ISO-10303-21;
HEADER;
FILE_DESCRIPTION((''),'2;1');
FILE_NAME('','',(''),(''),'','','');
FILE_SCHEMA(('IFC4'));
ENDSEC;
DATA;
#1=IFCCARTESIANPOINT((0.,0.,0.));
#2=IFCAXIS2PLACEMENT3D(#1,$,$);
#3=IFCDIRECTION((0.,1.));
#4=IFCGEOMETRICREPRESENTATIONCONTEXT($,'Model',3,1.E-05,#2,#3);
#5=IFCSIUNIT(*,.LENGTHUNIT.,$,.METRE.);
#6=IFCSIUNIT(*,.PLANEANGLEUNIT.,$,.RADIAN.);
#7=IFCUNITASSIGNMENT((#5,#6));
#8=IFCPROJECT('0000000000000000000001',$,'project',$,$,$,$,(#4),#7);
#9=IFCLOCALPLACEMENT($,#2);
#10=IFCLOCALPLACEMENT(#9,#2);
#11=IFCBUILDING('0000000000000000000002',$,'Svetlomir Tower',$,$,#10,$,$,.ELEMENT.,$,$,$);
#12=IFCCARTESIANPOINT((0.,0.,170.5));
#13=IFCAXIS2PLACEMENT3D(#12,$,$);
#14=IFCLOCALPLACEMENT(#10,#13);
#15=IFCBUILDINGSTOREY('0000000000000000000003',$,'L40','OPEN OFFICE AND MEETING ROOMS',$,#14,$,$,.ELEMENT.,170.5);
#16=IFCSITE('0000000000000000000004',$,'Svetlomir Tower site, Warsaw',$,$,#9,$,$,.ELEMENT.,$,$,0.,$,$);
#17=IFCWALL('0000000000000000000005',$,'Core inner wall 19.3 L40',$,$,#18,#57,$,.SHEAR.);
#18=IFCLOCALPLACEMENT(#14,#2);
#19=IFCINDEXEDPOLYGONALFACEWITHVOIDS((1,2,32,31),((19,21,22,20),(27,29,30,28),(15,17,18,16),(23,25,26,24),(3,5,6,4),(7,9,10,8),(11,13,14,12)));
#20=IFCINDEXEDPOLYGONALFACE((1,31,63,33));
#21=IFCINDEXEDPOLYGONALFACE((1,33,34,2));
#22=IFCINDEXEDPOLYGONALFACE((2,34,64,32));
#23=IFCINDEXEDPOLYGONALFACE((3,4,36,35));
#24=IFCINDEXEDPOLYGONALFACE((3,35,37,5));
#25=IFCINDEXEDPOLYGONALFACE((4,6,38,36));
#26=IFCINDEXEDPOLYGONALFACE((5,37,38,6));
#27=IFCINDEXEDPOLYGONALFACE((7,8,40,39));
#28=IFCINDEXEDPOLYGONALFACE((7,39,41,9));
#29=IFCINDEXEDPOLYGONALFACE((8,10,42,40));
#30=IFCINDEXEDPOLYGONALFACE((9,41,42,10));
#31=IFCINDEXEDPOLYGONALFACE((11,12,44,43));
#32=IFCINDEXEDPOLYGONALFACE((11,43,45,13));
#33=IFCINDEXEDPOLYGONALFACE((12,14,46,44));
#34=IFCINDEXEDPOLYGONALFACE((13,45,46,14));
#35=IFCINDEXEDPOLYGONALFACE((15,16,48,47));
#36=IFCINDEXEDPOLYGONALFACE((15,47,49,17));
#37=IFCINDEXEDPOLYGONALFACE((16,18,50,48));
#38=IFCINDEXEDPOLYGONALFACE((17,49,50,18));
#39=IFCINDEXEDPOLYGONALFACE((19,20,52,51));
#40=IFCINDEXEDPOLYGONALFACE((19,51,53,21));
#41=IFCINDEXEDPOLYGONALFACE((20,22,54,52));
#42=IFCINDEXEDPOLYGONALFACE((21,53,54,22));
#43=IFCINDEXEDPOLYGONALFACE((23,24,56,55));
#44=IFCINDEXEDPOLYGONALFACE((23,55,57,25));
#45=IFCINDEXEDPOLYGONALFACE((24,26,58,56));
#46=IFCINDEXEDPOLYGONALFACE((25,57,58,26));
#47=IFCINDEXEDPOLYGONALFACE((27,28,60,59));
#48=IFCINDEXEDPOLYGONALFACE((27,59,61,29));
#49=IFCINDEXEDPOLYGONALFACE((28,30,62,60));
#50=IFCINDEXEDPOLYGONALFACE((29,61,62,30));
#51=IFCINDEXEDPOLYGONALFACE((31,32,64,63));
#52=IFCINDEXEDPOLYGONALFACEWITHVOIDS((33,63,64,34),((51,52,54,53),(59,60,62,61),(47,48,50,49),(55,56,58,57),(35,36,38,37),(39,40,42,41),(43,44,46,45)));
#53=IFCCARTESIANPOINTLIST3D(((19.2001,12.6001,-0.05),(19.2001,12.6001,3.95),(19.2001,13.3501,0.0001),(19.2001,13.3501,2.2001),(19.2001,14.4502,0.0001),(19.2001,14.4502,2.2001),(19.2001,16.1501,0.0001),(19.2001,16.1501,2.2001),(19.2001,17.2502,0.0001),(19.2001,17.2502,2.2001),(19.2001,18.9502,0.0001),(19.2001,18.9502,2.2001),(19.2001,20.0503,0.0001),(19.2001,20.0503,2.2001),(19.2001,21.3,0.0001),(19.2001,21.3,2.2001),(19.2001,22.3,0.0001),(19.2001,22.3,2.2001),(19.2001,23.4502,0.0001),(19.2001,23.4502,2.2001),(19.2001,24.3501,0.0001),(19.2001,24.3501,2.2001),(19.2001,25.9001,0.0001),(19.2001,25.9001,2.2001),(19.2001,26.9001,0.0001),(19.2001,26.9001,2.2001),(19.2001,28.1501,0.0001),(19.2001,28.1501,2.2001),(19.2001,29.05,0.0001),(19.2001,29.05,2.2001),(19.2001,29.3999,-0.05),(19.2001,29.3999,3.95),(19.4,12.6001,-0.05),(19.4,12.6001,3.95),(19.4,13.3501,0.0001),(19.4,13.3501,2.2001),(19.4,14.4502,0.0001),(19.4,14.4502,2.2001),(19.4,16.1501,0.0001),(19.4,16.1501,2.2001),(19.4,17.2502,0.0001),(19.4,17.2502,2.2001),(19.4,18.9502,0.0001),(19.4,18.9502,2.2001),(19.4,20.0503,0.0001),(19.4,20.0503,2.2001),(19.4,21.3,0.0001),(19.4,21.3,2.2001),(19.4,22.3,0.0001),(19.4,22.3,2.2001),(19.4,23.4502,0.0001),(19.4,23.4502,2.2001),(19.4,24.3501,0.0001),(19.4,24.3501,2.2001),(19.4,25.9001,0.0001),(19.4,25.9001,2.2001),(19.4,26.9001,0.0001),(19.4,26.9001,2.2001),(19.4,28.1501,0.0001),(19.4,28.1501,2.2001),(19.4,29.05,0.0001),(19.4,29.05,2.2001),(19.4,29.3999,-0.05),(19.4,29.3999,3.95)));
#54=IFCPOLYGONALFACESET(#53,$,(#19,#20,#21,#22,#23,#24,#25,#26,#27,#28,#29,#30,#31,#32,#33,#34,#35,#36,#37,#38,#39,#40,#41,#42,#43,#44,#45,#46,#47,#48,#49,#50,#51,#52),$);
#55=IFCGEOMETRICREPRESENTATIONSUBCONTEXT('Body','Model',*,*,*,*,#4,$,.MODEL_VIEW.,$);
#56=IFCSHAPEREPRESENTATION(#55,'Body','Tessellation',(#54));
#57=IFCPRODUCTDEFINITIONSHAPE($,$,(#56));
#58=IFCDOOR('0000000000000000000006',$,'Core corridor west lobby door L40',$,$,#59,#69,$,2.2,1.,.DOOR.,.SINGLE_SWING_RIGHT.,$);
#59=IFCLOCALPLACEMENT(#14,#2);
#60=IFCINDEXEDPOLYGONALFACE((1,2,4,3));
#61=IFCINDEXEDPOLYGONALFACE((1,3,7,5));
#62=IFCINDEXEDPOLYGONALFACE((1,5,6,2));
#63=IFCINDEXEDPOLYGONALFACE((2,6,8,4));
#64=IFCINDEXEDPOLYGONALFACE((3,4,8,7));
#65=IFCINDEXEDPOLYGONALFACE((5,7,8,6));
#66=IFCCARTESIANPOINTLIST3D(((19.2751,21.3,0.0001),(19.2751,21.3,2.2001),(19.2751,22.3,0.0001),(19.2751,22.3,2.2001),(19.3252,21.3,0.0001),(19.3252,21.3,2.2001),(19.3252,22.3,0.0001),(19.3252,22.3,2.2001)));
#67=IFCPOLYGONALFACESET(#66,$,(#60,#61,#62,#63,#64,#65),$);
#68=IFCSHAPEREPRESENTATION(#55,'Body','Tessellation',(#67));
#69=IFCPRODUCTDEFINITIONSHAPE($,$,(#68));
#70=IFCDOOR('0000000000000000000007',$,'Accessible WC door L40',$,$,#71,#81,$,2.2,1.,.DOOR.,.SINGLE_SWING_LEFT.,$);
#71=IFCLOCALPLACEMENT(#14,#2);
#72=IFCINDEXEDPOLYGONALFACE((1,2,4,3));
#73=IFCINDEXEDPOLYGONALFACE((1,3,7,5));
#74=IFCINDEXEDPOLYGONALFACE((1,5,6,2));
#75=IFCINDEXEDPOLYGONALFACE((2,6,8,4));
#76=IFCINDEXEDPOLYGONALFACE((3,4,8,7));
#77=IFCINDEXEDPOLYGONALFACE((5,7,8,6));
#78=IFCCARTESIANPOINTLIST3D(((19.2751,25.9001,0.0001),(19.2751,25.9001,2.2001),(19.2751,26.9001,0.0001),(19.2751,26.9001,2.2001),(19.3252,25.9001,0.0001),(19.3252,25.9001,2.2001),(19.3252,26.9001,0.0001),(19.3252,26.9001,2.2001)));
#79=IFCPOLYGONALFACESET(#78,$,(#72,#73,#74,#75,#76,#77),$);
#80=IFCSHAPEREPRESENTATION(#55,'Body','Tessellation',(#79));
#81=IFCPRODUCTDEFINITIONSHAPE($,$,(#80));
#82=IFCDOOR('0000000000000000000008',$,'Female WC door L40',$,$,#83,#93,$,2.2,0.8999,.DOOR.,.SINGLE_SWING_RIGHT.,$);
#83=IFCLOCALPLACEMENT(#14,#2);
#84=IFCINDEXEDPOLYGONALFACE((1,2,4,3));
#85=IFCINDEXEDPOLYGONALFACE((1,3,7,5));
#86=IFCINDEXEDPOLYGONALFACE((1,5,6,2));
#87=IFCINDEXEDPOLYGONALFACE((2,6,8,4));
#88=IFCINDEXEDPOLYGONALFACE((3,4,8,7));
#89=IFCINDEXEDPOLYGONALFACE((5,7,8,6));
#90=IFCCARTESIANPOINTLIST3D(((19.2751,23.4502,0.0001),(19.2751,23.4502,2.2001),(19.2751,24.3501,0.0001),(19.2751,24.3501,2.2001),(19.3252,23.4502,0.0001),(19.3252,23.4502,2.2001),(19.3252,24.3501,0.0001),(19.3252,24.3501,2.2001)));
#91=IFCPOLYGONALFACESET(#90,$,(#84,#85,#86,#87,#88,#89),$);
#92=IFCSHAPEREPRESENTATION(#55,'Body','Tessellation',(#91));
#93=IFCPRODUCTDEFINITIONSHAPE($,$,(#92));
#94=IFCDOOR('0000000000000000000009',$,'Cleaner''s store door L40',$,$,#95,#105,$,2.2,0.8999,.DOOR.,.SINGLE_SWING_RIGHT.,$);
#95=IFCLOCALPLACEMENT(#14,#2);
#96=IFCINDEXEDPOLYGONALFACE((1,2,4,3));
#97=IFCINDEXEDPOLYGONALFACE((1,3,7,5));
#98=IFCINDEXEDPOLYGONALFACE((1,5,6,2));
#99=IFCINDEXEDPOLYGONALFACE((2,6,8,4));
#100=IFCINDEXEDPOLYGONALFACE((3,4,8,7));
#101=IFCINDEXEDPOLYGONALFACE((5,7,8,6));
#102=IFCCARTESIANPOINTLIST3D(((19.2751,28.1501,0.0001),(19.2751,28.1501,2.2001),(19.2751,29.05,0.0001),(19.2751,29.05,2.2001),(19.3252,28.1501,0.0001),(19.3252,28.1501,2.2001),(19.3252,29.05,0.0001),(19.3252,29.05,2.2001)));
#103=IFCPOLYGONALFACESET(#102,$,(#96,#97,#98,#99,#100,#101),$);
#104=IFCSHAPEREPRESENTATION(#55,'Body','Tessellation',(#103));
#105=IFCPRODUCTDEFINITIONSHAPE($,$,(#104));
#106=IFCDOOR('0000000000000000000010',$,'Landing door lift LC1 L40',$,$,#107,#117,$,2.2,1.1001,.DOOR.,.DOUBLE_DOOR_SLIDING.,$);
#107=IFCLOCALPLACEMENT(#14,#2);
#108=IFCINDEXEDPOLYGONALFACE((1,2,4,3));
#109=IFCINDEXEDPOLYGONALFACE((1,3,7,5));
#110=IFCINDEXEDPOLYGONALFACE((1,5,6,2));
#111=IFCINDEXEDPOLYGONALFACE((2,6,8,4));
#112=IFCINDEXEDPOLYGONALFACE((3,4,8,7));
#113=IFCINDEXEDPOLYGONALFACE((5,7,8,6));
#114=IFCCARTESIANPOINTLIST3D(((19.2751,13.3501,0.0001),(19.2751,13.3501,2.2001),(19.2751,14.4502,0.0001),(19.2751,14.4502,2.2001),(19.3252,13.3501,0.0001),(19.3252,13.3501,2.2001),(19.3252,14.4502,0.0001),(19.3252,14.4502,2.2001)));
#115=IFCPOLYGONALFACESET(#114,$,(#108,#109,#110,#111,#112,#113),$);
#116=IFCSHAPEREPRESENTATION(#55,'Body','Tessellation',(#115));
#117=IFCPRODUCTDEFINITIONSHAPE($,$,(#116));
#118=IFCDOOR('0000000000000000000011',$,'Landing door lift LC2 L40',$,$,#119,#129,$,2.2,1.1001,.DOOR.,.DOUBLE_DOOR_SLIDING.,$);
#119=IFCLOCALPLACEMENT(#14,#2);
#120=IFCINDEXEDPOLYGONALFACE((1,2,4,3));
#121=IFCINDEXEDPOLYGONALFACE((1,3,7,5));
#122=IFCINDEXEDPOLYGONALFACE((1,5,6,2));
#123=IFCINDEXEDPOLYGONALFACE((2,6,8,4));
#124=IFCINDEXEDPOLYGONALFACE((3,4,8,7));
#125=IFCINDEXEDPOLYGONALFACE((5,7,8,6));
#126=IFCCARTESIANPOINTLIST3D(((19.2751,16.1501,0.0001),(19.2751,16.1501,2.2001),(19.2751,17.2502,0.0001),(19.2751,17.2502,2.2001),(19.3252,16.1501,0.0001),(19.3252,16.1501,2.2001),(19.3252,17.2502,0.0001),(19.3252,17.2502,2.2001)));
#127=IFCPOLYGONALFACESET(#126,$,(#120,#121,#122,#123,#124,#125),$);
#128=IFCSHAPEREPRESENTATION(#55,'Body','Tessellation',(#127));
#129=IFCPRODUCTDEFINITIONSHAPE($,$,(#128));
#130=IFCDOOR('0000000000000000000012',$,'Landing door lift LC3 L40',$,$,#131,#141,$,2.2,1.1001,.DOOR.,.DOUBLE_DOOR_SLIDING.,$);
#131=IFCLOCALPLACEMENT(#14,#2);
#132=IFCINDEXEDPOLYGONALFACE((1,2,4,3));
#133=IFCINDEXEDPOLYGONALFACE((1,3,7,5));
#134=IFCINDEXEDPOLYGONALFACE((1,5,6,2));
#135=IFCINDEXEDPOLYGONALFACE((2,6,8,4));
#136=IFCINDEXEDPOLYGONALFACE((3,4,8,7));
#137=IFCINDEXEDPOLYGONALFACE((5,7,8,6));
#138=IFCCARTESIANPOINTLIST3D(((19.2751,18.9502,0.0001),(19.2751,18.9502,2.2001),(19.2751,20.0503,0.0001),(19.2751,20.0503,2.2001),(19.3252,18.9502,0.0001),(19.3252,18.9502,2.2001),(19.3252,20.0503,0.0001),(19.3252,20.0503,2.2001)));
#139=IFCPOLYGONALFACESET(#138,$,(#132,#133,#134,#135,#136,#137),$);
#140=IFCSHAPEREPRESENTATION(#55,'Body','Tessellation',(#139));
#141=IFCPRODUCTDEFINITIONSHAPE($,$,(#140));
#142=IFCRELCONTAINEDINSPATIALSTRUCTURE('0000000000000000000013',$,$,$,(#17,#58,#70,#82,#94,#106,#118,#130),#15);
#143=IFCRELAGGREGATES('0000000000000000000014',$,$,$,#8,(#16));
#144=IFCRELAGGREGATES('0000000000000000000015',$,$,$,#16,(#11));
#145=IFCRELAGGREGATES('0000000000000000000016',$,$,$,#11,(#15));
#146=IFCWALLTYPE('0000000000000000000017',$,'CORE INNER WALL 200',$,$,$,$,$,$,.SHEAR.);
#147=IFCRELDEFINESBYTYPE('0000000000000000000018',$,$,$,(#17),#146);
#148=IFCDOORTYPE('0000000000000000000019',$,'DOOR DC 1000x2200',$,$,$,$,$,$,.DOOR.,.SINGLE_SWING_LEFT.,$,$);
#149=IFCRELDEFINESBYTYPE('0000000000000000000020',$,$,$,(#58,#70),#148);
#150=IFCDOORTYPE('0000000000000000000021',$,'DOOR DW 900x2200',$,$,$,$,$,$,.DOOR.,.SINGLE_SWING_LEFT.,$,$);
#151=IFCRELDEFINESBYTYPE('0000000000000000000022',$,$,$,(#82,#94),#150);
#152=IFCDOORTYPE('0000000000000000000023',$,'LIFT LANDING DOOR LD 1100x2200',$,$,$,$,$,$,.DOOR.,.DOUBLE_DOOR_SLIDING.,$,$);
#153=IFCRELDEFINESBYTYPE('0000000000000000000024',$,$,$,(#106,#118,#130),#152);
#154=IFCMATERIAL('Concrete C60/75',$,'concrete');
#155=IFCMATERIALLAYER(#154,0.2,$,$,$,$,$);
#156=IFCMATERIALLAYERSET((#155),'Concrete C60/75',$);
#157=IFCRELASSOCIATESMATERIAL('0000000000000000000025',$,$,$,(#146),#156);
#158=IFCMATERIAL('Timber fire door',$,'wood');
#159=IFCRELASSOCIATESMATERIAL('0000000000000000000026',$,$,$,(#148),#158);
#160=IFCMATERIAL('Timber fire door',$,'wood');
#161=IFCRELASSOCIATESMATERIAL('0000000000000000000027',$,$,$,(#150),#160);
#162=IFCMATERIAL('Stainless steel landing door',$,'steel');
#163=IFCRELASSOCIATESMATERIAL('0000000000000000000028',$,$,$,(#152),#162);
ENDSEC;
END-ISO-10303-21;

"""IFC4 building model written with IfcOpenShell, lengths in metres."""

from ifc_helpers import new_model, si_unit, direction, frame, frame_2d, origin, place, context, subcontext, project, spatial, rectangle, extrude, material, layer, layer_set, type_object, element, fill, save


model = new_model("IFC4")

# Units and contexts
model_context = context("Model", 3, precision=1e-05, world=origin(), true_north=direction((0.0, 1.0)))
body_context = subcontext(model_context, "Body", "Model", "MODEL_VIEW")
ifc_project = project(units=[si_unit("LENGTHUNIT", "METRE"), si_unit("PLANEANGLEUNIT", "RADIAN")], contexts=[model_context])

# Site, building, storey
site_placement = place(None, origin())
site = spatial("IfcSite", under=ifc_project, at=site_placement, Name="Svetlomir Tower site, Warsaw", CompositionType="ELEMENT", RefElevation=0.0)
building_placement = place(site_placement, origin())
building = spatial("IfcBuilding", under=site, at=building_placement, Name="Svetlomir Tower", CompositionType="ELEMENT")
storey_placement = place(building_placement, frame((0.0, 0.0, 170.5)))
storey = spatial("IfcBuildingStorey", under=building, at=storey_placement, Name="L40", Description="OPEN OFFICE AND MEETING ROOMS", CompositionType="ELEMENT", Elevation=170.5)

# Wall, openings, doors
ifc_material_1 = material(Name="Concrete C60/75", Category="concrete")
ifc_layer_1 = layer(ifc_material_1, 0.2)
ifc_layer_set_1 = layer_set([ifc_layer_1], Name="Concrete C60/75")
wall_type_1 = type_object("IfcWallType", Name="CORE INNER WALL 200", PredefinedType="SHEAR", material=ifc_layer_set_1)
wall_1_placement = place(storey_placement, frame((19.3, 12.6001, -0.05), z_axis=(0.0, 0.0, 1.0), x_axis=(0.0, 1.0, 0.0)))
wall_1 = element("IfcWall", 1, at=wall_1_placement, inside=storey, type_object=wall_type_1, Name="Core inner wall 19.3 L40", PredefinedType="SHEAR", context=body_context, shape_type="SweptSolid", body=[
    extrude(rectangle(XDim=16.7998, YDim=0.2, at=frame_2d((8.3999, 0.0))), origin(), (0.0, 0.0, 1.0), 4.0),
])
opening_1_placement = place(wall_1_placement, frame((8.7, 0.0, 0.05)))
opening_1 = element("IfcOpeningElement", 2, at=opening_1_placement, cuts=wall_1, PredefinedType="OPENING", context=body_context, shape_type="SweptSolid", body=[
    extrude(rectangle(XDim=1.0, YDim=2.2, at=frame_2d((0.5, 1.1001))), frame((0.0, 0.1099, 0.0), z_axis=(0.0, -1.0, 0.0), x_axis=(1.0, 0.0, 0.0)), (0.0, 0.0, 1.0), 0.22),
])
opening_2_placement = place(wall_1_placement, frame((10.8501, 0.0, 0.05)))
opening_2 = element("IfcOpeningElement", 3, at=opening_2_placement, cuts=wall_1, PredefinedType="OPENING", context=body_context, shape_type="SweptSolid", body=[
    extrude(rectangle(XDim=0.8999, YDim=2.2, at=frame_2d((0.45, 1.1001))), frame((0.0, 0.1099, 0.0), z_axis=(0.0, -1.0, 0.0), x_axis=(1.0, 0.0, 0.0)), (0.0, 0.0, 1.0), 0.22),
])
opening_3_placement = place(wall_1_placement, frame((13.3, 0.0, 0.05)))
opening_3 = element("IfcOpeningElement", 4, at=opening_3_placement, cuts=wall_1, PredefinedType="OPENING", context=body_context, shape_type="SweptSolid", body=[
    extrude(rectangle(XDim=1.0, YDim=2.2, at=frame_2d((0.5, 1.1001))), frame((0.0, 0.1099, 0.0), z_axis=(0.0, -1.0, 0.0), x_axis=(1.0, 0.0, 0.0)), (0.0, 0.0, 1.0), 0.22),
])
opening_4_placement = place(wall_1_placement, frame((15.55, 0.0, 0.05)))
opening_4 = element("IfcOpeningElement", 5, at=opening_4_placement, cuts=wall_1, PredefinedType="OPENING", context=body_context, shape_type="SweptSolid", body=[
    extrude(rectangle(XDim=0.8999, YDim=2.2, at=frame_2d((0.45, 1.1001))), frame((0.0, 0.1099, 0.0), z_axis=(0.0, -1.0, 0.0), x_axis=(1.0, 0.0, 0.0)), (0.0, 0.0, 1.0), 0.22),
])
opening_5_placement = place(wall_1_placement, frame((0.75, 0.0, 0.05)))
opening_5 = element("IfcOpeningElement", 6, at=opening_5_placement, cuts=wall_1, PredefinedType="OPENING", context=body_context, shape_type="SweptSolid", body=[
    extrude(rectangle(XDim=1.1001, YDim=2.2, at=frame_2d((0.55, 1.1001))), frame((0.0, 0.1099, 0.0), z_axis=(0.0, -1.0, 0.0), x_axis=(1.0, 0.0, 0.0)), (0.0, 0.0, 1.0), 0.22),
])
opening_6_placement = place(wall_1_placement, frame((3.55, 0.0, 0.05)))
opening_6 = element("IfcOpeningElement", 7, at=opening_6_placement, cuts=wall_1, PredefinedType="OPENING", context=body_context, shape_type="SweptSolid", body=[
    extrude(rectangle(XDim=1.1001, YDim=2.2, at=frame_2d((0.55, 1.1001))), frame((0.0, 0.1099, 0.0), z_axis=(0.0, -1.0, 0.0), x_axis=(1.0, 0.0, 0.0)), (0.0, 0.0, 1.0), 0.22),
])
opening_7_placement = place(wall_1_placement, frame((6.3501, 0.0, 0.05)))
opening_7 = element("IfcOpeningElement", 8, at=opening_7_placement, cuts=wall_1, PredefinedType="OPENING", context=body_context, shape_type="SweptSolid", body=[
    extrude(rectangle(XDim=1.1001, YDim=2.2, at=frame_2d((0.55, 1.1001))), frame((0.0, 0.1099, 0.0), z_axis=(0.0, -1.0, 0.0), x_axis=(1.0, 0.0, 0.0)), (0.0, 0.0, 1.0), 0.22),
])
ifc_material_2 = material(Name="Timber fire door", Category="wood")
door_type_1 = type_object("IfcDoorType", Name="DOOR DC 1000x2200", OperationType="SINGLE_SWING_LEFT", PredefinedType="DOOR", material=ifc_material_2)
door_1_placement = place(opening_1_placement, origin())
door_1 = element("IfcDoor", 9, at=door_1_placement, inside=storey, type_object=door_type_1, Name="Core corridor west lobby door L40", OperationType="SINGLE_SWING_RIGHT", OverallHeight=2.2, OverallWidth=1.0, PredefinedType="DOOR", context=body_context, shape_type="SweptSolid", body=[
    extrude(rectangle(XDim=1.0, YDim=2.2, at=frame_2d((0.5, 1.1001))), frame((0.0, 0.0249, 0.0), z_axis=(0.0, -1.0, 0.0), x_axis=(1.0, 0.0, 0.0)), (0.0, 0.0, 1.0), 0.05),
])
fill(opening_1, door_1)
door_2_placement = place(opening_3_placement, origin())
door_2 = element("IfcDoor", 10, at=door_2_placement, inside=storey, type_object=door_type_1, Name="Accessible WC door L40", OperationType="SINGLE_SWING_LEFT", OverallHeight=2.2, OverallWidth=1.0, PredefinedType="DOOR", context=body_context, shape_type="SweptSolid", body=[
    extrude(rectangle(XDim=1.0, YDim=2.2, at=frame_2d((0.5, 1.1001))), frame((0.0, 0.0249, 0.0), z_axis=(0.0, -1.0, 0.0), x_axis=(1.0, 0.0, 0.0)), (0.0, 0.0, 1.0), 0.05),
])
fill(opening_3, door_2)
ifc_material_3 = material(Name="Timber fire door", Category="wood")
door_type_2 = type_object("IfcDoorType", Name="DOOR DW 900x2200", OperationType="SINGLE_SWING_LEFT", PredefinedType="DOOR", material=ifc_material_3)
door_3_placement = place(opening_2_placement, origin())
door_3 = element("IfcDoor", 11, at=door_3_placement, inside=storey, type_object=door_type_2, Name="Female WC door L40", OperationType="SINGLE_SWING_RIGHT", OverallHeight=2.2, OverallWidth=0.8999, PredefinedType="DOOR", context=body_context, shape_type="SweptSolid", body=[
    extrude(rectangle(XDim=0.8999, YDim=2.2, at=frame_2d((0.45, 1.1001))), frame((0.0, 0.0249, 0.0), z_axis=(0.0, -1.0, 0.0), x_axis=(1.0, 0.0, 0.0)), (0.0, 0.0, 1.0), 0.05),
])
fill(opening_2, door_3)
door_4_placement = place(opening_4_placement, origin())
door_4 = element("IfcDoor", 12, at=door_4_placement, inside=storey, type_object=door_type_2, Name="Cleaner's store door L40", OperationType="SINGLE_SWING_RIGHT", OverallHeight=2.2, OverallWidth=0.8999, PredefinedType="DOOR", context=body_context, shape_type="SweptSolid", body=[
    extrude(rectangle(XDim=0.8999, YDim=2.2, at=frame_2d((0.45, 1.1001))), frame((0.0, 0.0249, 0.0), z_axis=(0.0, -1.0, 0.0), x_axis=(1.0, 0.0, 0.0)), (0.0, 0.0, 1.0), 0.05),
])
fill(opening_4, door_4)
ifc_material_4 = material(Name="Stainless steel landing door", Category="steel")
door_type_3 = type_object("IfcDoorType", Name="LIFT LANDING DOOR LD 1100x2200", OperationType="DOUBLE_DOOR_SLIDING", PredefinedType="DOOR", material=ifc_material_4)
door_5_placement = place(opening_5_placement, origin())
door_5 = element("IfcDoor", 13, at=door_5_placement, inside=storey, type_object=door_type_3, Name="Landing door lift LC1 L40", OperationType="DOUBLE_DOOR_SLIDING", OverallHeight=2.2, OverallWidth=1.1001, PredefinedType="DOOR", context=body_context, shape_type="SweptSolid", body=[
    extrude(rectangle(XDim=1.1001, YDim=2.2, at=frame_2d((0.55, 1.1001))), frame((0.0, 0.0249, 0.0), z_axis=(0.0, -1.0, 0.0), x_axis=(1.0, 0.0, 0.0)), (0.0, 0.0, 1.0), 0.05),
])
fill(opening_5, door_5)
door_6_placement = place(opening_6_placement, origin())
door_6 = element("IfcDoor", 14, at=door_6_placement, inside=storey, type_object=door_type_3, Name="Landing door lift LC2 L40", OperationType="DOUBLE_DOOR_SLIDING", OverallHeight=2.2, OverallWidth=1.1001, PredefinedType="DOOR", context=body_context, shape_type="SweptSolid", body=[
    extrude(rectangle(XDim=1.1001, YDim=2.2, at=frame_2d((0.55, 1.1001))), frame((0.0, 0.0249, 0.0), z_axis=(0.0, -1.0, 0.0), x_axis=(1.0, 0.0, 0.0)), (0.0, 0.0, 1.0), 0.05),
])
fill(opening_6, door_6)
door_7_placement = place(opening_7_placement, origin())
door_7 = element("IfcDoor", 15, at=door_7_placement, inside=storey, type_object=door_type_3, Name="Landing door lift LC3 L40", OperationType="DOUBLE_DOOR_SLIDING", OverallHeight=2.2, OverallWidth=1.1001, PredefinedType="DOOR", context=body_context, shape_type="SweptSolid", body=[
    extrude(rectangle(XDim=1.1001, YDim=2.2, at=frame_2d((0.55, 1.1001))), frame((0.0, 0.0249, 0.0), z_axis=(0.0, -1.0, 0.0), x_axis=(1.0, 0.0, 0.0)), (0.0, 0.0, 1.0), 0.05),
])
fill(opening_7, door_7)

save(model, "model.ifc")
